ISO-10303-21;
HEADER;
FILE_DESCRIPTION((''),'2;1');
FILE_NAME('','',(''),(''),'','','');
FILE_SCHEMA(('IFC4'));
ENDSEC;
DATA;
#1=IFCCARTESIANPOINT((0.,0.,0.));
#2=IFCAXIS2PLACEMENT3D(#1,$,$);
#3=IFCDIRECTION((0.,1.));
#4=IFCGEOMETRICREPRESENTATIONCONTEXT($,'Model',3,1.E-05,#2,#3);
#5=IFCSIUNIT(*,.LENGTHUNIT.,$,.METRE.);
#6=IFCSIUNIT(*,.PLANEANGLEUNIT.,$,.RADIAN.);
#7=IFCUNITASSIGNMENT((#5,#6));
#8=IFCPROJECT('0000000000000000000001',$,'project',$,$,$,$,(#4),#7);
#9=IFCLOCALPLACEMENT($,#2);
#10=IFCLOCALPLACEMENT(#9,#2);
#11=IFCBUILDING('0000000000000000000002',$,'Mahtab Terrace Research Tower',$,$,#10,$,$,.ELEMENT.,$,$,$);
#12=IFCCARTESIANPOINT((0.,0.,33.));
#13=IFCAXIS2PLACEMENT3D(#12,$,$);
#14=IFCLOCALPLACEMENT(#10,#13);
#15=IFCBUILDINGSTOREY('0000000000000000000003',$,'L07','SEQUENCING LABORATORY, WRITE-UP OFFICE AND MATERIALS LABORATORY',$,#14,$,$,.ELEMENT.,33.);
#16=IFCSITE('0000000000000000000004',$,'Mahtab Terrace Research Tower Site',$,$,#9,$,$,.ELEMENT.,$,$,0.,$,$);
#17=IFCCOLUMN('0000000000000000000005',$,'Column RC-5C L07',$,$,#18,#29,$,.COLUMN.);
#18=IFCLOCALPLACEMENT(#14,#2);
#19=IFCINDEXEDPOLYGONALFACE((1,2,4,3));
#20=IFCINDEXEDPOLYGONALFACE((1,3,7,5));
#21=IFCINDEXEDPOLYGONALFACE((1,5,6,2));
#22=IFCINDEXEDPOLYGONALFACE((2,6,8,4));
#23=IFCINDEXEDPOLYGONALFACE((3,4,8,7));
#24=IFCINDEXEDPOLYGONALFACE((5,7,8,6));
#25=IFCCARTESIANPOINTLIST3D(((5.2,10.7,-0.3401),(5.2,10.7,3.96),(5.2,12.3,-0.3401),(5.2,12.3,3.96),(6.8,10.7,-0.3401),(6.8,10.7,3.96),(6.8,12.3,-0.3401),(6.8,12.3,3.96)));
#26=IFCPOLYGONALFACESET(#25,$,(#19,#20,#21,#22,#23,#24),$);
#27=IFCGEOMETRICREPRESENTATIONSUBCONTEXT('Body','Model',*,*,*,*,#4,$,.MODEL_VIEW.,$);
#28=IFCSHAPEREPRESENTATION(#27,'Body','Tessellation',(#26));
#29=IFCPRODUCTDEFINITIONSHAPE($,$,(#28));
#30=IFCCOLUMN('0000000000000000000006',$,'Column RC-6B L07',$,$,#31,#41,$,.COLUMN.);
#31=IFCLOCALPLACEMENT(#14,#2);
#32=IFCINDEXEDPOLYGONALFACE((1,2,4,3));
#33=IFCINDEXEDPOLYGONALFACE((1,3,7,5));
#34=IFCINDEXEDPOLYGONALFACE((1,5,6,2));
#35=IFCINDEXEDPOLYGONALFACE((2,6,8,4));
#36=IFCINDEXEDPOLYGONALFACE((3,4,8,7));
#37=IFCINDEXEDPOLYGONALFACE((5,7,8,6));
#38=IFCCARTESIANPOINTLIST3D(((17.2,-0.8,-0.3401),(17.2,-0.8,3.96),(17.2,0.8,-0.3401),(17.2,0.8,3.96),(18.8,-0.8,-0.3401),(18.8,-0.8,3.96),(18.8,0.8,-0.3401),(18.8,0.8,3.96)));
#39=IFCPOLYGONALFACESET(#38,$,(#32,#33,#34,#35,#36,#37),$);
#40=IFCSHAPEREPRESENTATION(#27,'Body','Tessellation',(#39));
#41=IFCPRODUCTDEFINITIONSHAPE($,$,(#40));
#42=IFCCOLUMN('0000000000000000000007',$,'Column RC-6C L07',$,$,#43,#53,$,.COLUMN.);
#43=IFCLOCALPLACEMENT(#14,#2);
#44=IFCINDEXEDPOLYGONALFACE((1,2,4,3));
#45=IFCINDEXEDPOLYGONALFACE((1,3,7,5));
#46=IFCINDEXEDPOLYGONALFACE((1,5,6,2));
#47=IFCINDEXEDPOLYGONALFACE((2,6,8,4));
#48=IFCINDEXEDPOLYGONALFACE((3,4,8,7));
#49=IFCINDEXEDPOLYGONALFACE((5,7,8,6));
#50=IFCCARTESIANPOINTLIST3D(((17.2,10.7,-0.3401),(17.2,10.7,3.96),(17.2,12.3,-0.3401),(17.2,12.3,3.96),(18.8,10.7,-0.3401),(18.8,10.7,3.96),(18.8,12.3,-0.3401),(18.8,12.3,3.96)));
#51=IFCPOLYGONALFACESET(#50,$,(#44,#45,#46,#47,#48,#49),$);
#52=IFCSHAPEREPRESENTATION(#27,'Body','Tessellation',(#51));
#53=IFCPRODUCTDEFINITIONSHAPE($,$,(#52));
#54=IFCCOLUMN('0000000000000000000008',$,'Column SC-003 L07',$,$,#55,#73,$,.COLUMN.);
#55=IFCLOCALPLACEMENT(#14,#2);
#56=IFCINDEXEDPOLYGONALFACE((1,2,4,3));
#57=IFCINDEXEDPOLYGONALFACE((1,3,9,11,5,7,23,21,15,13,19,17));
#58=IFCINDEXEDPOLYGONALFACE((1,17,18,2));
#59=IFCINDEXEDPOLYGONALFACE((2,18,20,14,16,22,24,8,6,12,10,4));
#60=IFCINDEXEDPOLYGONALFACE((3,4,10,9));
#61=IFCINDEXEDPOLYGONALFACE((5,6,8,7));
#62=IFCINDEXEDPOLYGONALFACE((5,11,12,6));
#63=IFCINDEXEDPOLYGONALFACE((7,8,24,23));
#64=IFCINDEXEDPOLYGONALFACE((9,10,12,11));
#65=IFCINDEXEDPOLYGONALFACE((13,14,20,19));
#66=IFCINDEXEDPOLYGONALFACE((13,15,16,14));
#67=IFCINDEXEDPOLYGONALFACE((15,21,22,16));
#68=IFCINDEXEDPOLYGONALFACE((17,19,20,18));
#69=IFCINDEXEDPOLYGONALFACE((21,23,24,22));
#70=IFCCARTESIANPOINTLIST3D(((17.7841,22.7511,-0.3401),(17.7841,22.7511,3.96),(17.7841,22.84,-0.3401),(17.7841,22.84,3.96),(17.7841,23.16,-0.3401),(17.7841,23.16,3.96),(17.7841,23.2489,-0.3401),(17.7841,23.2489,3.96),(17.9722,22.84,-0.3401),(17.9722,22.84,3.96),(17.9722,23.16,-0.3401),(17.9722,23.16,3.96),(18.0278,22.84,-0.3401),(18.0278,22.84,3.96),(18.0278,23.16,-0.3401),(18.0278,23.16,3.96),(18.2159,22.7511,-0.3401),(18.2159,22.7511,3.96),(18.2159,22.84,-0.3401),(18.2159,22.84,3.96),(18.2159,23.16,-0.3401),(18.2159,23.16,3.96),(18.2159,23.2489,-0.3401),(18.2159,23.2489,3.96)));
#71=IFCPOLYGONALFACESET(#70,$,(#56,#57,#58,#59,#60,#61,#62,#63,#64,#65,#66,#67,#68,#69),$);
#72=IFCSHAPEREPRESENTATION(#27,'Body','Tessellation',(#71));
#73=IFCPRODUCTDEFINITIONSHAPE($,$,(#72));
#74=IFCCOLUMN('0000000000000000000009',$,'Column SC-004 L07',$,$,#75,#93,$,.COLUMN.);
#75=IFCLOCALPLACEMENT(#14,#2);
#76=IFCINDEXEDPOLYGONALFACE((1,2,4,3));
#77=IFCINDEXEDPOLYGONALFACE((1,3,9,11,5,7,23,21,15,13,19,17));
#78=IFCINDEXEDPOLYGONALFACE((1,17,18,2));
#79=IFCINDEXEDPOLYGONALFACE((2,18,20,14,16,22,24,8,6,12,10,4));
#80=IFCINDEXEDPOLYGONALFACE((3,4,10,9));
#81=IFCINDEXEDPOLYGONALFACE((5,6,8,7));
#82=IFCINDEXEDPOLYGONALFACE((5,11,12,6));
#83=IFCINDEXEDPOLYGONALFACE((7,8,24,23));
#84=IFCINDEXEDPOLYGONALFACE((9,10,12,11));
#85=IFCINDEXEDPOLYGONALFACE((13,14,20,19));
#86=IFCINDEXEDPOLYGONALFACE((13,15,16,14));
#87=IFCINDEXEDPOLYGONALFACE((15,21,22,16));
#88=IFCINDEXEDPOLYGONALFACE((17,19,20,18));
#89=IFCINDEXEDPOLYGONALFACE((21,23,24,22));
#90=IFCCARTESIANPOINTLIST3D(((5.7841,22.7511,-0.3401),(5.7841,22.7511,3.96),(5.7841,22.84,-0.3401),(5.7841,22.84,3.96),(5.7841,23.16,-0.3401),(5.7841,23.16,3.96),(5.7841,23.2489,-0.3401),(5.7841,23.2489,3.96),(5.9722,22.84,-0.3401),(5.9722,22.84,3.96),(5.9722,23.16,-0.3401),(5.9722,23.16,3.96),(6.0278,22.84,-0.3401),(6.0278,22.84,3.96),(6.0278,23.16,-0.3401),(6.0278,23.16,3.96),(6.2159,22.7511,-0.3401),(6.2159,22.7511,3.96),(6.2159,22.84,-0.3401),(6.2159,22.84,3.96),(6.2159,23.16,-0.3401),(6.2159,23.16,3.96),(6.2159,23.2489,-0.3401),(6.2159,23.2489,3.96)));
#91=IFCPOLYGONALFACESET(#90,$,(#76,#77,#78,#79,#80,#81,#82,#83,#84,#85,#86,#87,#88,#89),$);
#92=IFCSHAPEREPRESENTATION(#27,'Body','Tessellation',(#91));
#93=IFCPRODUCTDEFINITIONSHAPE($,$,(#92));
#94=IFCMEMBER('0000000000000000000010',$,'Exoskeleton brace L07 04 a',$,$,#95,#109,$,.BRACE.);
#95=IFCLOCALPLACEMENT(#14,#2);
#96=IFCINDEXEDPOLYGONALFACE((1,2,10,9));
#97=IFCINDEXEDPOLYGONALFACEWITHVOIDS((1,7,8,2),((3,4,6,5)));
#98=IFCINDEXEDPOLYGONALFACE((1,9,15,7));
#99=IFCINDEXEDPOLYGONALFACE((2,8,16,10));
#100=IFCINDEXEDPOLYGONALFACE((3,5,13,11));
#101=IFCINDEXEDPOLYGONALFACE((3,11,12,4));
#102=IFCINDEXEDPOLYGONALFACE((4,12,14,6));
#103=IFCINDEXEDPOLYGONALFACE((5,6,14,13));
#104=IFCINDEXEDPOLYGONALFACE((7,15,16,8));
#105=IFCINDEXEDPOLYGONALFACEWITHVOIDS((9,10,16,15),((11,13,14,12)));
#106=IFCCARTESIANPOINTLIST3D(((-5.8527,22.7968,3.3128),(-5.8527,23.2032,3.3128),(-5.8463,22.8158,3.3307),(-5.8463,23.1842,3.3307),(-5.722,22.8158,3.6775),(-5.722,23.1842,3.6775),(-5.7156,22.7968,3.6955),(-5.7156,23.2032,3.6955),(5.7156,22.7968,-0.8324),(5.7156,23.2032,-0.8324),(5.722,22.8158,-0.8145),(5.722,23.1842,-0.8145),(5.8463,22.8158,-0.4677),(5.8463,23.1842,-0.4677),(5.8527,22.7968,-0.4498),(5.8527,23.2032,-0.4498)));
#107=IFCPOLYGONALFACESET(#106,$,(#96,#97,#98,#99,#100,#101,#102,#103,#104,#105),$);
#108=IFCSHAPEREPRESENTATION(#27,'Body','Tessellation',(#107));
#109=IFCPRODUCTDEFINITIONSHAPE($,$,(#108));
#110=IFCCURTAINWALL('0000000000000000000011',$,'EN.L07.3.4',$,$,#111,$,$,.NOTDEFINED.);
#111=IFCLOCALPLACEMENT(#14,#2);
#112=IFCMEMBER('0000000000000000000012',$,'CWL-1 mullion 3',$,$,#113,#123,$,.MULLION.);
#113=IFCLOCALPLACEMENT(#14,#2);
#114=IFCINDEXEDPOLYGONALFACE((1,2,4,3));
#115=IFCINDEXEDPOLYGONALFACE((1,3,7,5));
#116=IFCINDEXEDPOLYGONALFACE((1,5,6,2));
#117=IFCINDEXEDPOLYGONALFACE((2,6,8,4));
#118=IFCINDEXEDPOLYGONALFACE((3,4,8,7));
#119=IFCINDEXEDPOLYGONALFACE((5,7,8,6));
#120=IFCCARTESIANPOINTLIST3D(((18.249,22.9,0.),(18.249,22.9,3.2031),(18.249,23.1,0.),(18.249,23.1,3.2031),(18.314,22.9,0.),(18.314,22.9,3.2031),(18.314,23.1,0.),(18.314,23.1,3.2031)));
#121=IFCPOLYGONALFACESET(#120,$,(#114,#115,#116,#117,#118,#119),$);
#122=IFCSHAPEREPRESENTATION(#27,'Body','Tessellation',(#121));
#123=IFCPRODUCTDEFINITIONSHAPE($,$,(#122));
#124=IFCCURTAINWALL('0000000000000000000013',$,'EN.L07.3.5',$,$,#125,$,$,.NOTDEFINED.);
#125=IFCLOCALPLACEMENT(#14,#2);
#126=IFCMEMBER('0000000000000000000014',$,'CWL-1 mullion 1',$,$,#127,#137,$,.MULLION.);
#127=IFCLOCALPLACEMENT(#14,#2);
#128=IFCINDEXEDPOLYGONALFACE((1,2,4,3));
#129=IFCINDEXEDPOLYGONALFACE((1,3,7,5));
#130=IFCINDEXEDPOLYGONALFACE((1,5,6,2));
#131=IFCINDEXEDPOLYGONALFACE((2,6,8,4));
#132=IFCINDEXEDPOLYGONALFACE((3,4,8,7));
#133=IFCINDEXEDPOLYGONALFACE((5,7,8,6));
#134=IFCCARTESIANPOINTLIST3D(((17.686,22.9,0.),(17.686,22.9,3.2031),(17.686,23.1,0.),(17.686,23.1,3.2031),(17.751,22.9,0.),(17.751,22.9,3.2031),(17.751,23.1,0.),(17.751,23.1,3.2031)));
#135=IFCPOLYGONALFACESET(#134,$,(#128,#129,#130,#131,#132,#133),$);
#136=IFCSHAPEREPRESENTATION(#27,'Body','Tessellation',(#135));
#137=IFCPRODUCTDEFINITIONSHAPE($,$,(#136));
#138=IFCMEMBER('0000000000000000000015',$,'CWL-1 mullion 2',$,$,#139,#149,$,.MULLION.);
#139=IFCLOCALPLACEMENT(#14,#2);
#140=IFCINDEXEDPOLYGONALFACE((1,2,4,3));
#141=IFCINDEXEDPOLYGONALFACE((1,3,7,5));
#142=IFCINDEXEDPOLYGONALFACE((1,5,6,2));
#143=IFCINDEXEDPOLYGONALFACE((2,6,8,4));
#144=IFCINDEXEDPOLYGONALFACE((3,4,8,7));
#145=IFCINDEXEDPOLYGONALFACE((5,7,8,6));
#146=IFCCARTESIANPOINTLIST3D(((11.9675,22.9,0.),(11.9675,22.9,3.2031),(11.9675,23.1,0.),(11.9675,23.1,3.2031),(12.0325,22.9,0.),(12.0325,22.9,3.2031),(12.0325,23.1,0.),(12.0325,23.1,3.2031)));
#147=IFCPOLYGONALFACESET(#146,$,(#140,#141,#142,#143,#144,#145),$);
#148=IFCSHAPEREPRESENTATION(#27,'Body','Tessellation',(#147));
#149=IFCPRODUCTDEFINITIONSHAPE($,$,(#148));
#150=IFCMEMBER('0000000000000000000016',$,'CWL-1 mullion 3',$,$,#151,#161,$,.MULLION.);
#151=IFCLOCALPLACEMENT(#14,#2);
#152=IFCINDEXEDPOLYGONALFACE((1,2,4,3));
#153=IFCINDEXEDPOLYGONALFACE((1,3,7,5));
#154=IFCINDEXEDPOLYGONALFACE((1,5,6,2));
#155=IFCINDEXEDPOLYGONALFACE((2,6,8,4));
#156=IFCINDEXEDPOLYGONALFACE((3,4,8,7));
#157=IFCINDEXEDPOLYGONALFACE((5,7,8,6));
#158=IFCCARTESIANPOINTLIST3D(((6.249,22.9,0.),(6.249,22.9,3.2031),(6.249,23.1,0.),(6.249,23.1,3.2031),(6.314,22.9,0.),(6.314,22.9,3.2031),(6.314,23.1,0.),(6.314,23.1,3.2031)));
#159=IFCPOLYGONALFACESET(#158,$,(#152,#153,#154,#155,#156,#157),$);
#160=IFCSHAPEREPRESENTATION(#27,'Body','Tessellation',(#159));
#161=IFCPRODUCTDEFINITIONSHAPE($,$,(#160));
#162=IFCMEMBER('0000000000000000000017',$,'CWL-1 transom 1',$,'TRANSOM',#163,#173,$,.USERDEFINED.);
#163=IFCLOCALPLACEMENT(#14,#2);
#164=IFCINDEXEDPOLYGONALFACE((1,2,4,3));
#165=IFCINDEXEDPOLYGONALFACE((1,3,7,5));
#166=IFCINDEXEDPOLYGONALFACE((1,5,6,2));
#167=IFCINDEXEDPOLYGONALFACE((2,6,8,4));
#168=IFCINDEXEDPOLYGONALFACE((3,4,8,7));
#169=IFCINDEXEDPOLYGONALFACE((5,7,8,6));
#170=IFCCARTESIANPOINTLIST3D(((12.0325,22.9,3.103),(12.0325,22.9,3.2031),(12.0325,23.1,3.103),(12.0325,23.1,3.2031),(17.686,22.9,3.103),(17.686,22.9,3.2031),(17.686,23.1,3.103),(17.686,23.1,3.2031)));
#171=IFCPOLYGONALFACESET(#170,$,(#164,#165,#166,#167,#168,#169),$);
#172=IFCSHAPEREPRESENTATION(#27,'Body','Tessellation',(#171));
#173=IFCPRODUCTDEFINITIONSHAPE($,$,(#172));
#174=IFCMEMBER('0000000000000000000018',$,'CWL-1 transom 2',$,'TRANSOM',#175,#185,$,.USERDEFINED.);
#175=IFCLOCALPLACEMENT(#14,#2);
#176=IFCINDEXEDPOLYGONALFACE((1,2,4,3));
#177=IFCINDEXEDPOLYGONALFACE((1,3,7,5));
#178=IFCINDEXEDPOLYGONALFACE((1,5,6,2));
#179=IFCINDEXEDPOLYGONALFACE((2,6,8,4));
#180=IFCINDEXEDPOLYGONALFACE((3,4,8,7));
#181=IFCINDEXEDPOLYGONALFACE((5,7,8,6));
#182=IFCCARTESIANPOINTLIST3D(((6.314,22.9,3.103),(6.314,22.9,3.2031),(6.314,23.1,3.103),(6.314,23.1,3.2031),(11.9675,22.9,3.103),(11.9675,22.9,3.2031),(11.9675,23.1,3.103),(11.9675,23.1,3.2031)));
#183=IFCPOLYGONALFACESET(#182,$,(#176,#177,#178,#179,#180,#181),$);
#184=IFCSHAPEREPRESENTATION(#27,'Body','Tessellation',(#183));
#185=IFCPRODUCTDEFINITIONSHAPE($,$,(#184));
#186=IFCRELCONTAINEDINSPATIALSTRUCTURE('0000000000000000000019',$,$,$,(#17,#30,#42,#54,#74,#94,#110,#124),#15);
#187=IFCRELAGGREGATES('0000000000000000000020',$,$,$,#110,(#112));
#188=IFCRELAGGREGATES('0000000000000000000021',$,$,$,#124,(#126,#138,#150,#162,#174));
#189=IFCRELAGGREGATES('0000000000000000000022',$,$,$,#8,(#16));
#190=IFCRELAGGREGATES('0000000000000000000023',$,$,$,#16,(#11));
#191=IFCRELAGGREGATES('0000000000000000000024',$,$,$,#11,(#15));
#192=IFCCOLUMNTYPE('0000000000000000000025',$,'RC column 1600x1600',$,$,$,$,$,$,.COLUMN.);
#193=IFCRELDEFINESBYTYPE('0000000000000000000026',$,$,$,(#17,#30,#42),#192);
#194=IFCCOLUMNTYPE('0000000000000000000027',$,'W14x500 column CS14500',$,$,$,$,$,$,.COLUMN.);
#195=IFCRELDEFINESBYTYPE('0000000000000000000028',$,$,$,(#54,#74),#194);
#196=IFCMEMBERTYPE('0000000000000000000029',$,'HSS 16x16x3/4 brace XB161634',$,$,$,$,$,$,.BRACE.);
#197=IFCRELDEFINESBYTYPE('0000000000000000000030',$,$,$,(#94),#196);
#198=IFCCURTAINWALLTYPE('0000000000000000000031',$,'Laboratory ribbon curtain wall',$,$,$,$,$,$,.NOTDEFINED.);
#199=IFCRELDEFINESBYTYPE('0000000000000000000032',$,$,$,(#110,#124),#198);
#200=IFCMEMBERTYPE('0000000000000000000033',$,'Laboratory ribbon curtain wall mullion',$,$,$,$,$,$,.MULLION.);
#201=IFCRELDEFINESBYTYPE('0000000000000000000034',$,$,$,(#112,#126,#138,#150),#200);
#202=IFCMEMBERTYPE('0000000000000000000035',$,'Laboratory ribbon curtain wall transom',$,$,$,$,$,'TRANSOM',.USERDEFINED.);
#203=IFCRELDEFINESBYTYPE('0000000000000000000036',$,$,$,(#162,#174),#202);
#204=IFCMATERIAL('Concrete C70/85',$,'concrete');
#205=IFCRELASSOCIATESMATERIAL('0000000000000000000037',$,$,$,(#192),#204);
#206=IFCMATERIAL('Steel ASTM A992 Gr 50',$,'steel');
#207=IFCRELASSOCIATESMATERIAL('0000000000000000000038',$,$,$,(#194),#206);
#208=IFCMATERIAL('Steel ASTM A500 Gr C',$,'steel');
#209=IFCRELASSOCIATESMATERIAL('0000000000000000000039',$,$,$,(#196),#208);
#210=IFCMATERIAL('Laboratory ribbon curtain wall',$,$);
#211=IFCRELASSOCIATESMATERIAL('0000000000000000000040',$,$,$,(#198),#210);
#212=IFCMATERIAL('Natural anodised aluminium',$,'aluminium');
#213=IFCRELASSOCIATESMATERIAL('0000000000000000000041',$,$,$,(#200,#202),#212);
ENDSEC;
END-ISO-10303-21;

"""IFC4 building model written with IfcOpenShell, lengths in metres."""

from ifc_helpers import new_model, si_unit, direction, frame, origin, origin_2d, place, context, subcontext, project, spatial, rectangle, hollow_rectangle, i_section, extrude, material, material_profile, profile_set, type_object, element, aggregate, save


model = new_model("IFC4")

# Units and contexts
model_context = context("Model", 3, precision=1e-05, world=origin(), true_north=direction((0.0, 1.0)))
body_context = subcontext(model_context, "Body", "Model", "MODEL_VIEW")
ifc_project = project(units=[si_unit("LENGTHUNIT", "METRE"), si_unit("PLANEANGLEUNIT", "RADIAN")], contexts=[model_context])

# Site, building, storey
site_placement = place(None, origin())
site = spatial("IfcSite", under=ifc_project, at=site_placement, Name="Mahtab Terrace Research Tower Site", CompositionType="ELEMENT", RefElevation=0.0)
building_placement = place(site_placement, origin())
building = spatial("IfcBuilding", under=site, at=building_placement, Name="Mahtab Terrace Research Tower", CompositionType="ELEMENT")
storey_placement = place(building_placement, frame((0.0, 0.0, 33.0)))
storey = spatial("IfcBuildingStorey", under=building, at=storey_placement, Name="L07", Description="SEQUENCING LABORATORY, WRITE-UP OFFICE AND MATERIALS LABORATORY", CompositionType="ELEMENT", Elevation=33.0)

# Columns
ifc_material_1 = material(Name="Concrete C70/85", Category="concrete")
ifc_material_profile_1 = material_profile(ifc_material_1, rectangle(XDim=1.6001, YDim=1.6001, at=origin_2d()), Name="RC column 1600x1600")
ifc_profile_set_1 = profile_set([ifc_material_profile_1], Name="Concrete C70/85")
column_type_1 = type_object("IfcColumnType", Name="RC column 1600x1600", PredefinedType="COLUMN", material=ifc_profile_set_1)
for number, where, z_axis, x_axis, name in (
    (1, (6.0, 11.5, -0.3401), (0.0, 0.0, 1.0), (1.0, 0.0, 0.0), "Column RC-5C L07"),
    (2, (18.0, 0.0, -0.3401), (0.0, 0.0, 1.0), (1.0, 0.0, 0.0), "Column RC-6B L07"),
    (3, (18.0, 11.5, -0.3401), (0.0, 0.0, 1.0), (1.0, 0.0, 0.0), "Column RC-6C L07"),
):
    element("IfcColumn", number, at=place(storey_placement, frame(where, z_axis=z_axis, x_axis=x_axis)), inside=storey, type_object=column_type_1, Name=name, PredefinedType="COLUMN", context=body_context, shape_type="SweptSolid", body=[
        extrude(rectangle(XDim=1.6001, YDim=1.6001, at=origin_2d()), origin(), (0.0, 0.0, 1.0), 4.3),
    ])
ifc_material_2 = material(Name="Steel ASTM A992 Gr 50", Category="steel")
ifc_material_profile_2 = material_profile(ifc_material_2, i_section(OverallWidth=0.4319, OverallDepth=0.4978, WebThickness=0.0557, FlangeThickness=0.0889, at=origin_2d()), Name="W14X500")
ifc_profile_set_2 = profile_set([ifc_material_profile_2], Name="Steel ASTM A992 Gr 50")
column_type_2 = type_object("IfcColumnType", Name="W14x500 column CS14500", PredefinedType="COLUMN", material=ifc_profile_set_2)
for number, where, z_axis, x_axis, name in (
    (4, (18.0, 23.0, -0.3401), (0.0, 0.0, 1.0), (1.0, 0.0, 0.0), "Column SC-003 L07"),
    (5, (6.0, 23.0, -0.3401), (0.0, 0.0, 1.0), (1.0, 0.0, 0.0), "Column SC-004 L07"),
):
    element("IfcColumn", number, at=place(storey_placement, frame(where, z_axis=z_axis, x_axis=x_axis)), inside=storey, type_object=column_type_2, Name=name, PredefinedType="COLUMN", context=body_context, shape_type="SweptSolid", body=[
        extrude(i_section(OverallWidth=0.4319, OverallDepth=0.4978, WebThickness=0.0557, FlangeThickness=0.0889, at=origin_2d()), origin(), (0.0, 0.0, 1.0), 4.3),
    ])

# Member
ifc_material_3 = material(Name="Steel ASTM A500 Gr C", Category="steel")
ifc_material_profile_3 = material_profile(ifc_material_3, hollow_rectangle(XDim=0.4065, YDim=0.4065, WallThickness=0.019, at=origin_2d()), Name="HSS16X16X3/4")
ifc_profile_set_3 = profile_set([ifc_material_profile_3], Name="Steel ASTM A500 Gr C")
member_type_1 = type_object("IfcMemberType", Name="HSS 16x16x3/4 brace XB161634", PredefinedType="BRACE", material=ifc_profile_set_3)
member_1_placement = place(storey_placement, frame((5.7842, 23.0, -0.6411), z_axis=(-0.941388, 0.0, 0.337325), x_axis=(0.0, -1.0, 0.0)))
element("IfcMember", 6, at=member_1_placement, inside=storey, type_object=member_type_1, Name="Exoskeleton brace L07 04 a", PredefinedType="BRACE", context=body_context, shape_type="SweptSolid", body=[
    extrude(hollow_rectangle(XDim=0.4065, YDim=0.4065, WallThickness=0.019, at=origin_2d()), origin(), (0.0, 0.0, 1.0), 12.2886),
])

# Curtain wall, member
ifc_material_4 = material(Name="Laboratory ribbon curtain wall")
curtain_wall_type = type_object("IfcCurtainWallType", Name="Laboratory ribbon curtain wall", PredefinedType="NOTDEFINED", material=ifc_material_4)
curtain_wall_1_placement = place(storey_placement, origin())
curtain_wall_1 = element("IfcCurtainWall", 7, at=curtain_wall_1_placement, inside=storey, type_object=curtain_wall_type, Name="EN.L07.3.4", PredefinedType="NOTDEFINED")
ifc_material_5 = material(Name="Natural anodised aluminium", Category="aluminium")
ifc_material_profile_4 = material_profile(ifc_material_5, rectangle(XDim=0.2, YDim=0.0649, at=origin_2d()), Name="MULLION 65x200")
ifc_profile_set_4 = profile_set([ifc_material_profile_4], Name="Natural anodised aluminium")
member_type_2 = type_object("IfcMemberType", Name="Laboratory ribbon curtain wall mullion", PredefinedType="MULLION", material=ifc_profile_set_4)
member_2_placement = place(storey_placement, frame((18.2815, 23.0, 0.0), z_axis=(0.0, 0.0, 1.0), x_axis=(0.0, -1.0, 0.0)))
member_2 = element("IfcMember", 8, at=member_2_placement, type_object=member_type_2, Name="CWL-1 mullion 3", PredefinedType="MULLION", context=body_context, shape_type="SweptSolid", body=[
    extrude(rectangle(XDim=0.2, YDim=0.0649, at=origin_2d()), origin(), (0.0, 0.0, 1.0), 3.2031),
])
aggregate(curtain_wall_1, [member_2])

# Curtain wall, members
curtain_wall_2_placement = place(storey_placement, origin())
curtain_wall_2 = element("IfcCurtainWall", 9, at=curtain_wall_2_placement, inside=storey, type_object=curtain_wall_type, Name="EN.L07.3.5", PredefinedType="NOTDEFINED")
member_3_placement = place(storey_placement, frame((17.7185, 23.0, 0.0), z_axis=(0.0, 0.0, 1.0), x_axis=(0.0, -1.0, 0.0)))
member_3 = element("IfcMember", 10, at=member_3_placement, type_object=member_type_2, Name="CWL-1 mullion 1", PredefinedType="MULLION", context=body_context, shape_type="SweptSolid", body=[
    extrude(rectangle(XDim=0.2, YDim=0.0649, at=origin_2d()), origin(), (0.0, 0.0, 1.0), 3.2031),
])
member_4_placement = place(storey_placement, frame((12.0, 23.0, 0.0), z_axis=(0.0, 0.0, 1.0), x_axis=(0.0, -1.0, 0.0)))
member_4 = element("IfcMember", 11, at=member_4_placement, type_object=member_type_2, Name="CWL-1 mullion 2", PredefinedType="MULLION", context=body_context, shape_type="SweptSolid", body=[
    extrude(rectangle(XDim=0.2, YDim=0.0649, at=origin_2d()), origin(), (0.0, 0.0, 1.0), 3.2031),
])
member_5_placement = place(storey_placement, frame((6.2815, 23.0, 0.0), z_axis=(0.0, 0.0, 1.0), x_axis=(0.0, -1.0, 0.0)))
member_5 = element("IfcMember", 12, at=member_5_placement, type_object=member_type_2, Name="CWL-1 mullion 3", PredefinedType="MULLION", context=body_context, shape_type="SweptSolid", body=[
    extrude(rectangle(XDim=0.2, YDim=0.0649, at=origin_2d()), origin(), (0.0, 0.0, 1.0), 3.2031),
])
ifc_material_profile_5 = material_profile(ifc_material_5, rectangle(XDim=0.2, YDim=0.1001, at=origin_2d()), Name="TRANSOM 100x200")
ifc_profile_set_5 = profile_set([ifc_material_profile_5], Name="Natural anodised aluminium")
member_type_3 = type_object("IfcMemberType", Name="Laboratory ribbon curtain wall transom", ElementType="TRANSOM", PredefinedType="USERDEFINED", material=ifc_profile_set_5)
member_6_placement = place(storey_placement, frame((17.686, 23.0, 3.1531), z_axis=(-1.0, 0.0, 0.0), x_axis=(0.0, -1.0, 0.0)))
member_6 = element("IfcMember", 13, at=member_6_placement, type_object=member_type_3, Name="CWL-1 transom 1", ObjectType="TRANSOM", PredefinedType="USERDEFINED", context=body_context, shape_type="SweptSolid", body=[
    extrude(rectangle(XDim=0.2, YDim=0.1001, at=origin_2d()), origin(), (0.0, 0.0, 1.0), 5.6536),
])
member_7_placement = place(storey_placement, frame((11.9675, 23.0, 3.1531), z_axis=(-1.0, 0.0, 0.0), x_axis=(0.0, -1.0, 0.0)))
member_7 = element("IfcMember", 14, at=member_7_placement, type_object=member_type_3, Name="CWL-1 transom 2", ObjectType="TRANSOM", PredefinedType="USERDEFINED", context=body_context, shape_type="SweptSolid", body=[
    extrude(rectangle(XDim=0.2, YDim=0.1001, at=origin_2d()), origin(), (0.0, 0.0, 1.0), 5.6536),
])

aggregate(curtain_wall_2, [member_3, member_4, member_5, member_6, member_7])

save(model, "model.ifc")
